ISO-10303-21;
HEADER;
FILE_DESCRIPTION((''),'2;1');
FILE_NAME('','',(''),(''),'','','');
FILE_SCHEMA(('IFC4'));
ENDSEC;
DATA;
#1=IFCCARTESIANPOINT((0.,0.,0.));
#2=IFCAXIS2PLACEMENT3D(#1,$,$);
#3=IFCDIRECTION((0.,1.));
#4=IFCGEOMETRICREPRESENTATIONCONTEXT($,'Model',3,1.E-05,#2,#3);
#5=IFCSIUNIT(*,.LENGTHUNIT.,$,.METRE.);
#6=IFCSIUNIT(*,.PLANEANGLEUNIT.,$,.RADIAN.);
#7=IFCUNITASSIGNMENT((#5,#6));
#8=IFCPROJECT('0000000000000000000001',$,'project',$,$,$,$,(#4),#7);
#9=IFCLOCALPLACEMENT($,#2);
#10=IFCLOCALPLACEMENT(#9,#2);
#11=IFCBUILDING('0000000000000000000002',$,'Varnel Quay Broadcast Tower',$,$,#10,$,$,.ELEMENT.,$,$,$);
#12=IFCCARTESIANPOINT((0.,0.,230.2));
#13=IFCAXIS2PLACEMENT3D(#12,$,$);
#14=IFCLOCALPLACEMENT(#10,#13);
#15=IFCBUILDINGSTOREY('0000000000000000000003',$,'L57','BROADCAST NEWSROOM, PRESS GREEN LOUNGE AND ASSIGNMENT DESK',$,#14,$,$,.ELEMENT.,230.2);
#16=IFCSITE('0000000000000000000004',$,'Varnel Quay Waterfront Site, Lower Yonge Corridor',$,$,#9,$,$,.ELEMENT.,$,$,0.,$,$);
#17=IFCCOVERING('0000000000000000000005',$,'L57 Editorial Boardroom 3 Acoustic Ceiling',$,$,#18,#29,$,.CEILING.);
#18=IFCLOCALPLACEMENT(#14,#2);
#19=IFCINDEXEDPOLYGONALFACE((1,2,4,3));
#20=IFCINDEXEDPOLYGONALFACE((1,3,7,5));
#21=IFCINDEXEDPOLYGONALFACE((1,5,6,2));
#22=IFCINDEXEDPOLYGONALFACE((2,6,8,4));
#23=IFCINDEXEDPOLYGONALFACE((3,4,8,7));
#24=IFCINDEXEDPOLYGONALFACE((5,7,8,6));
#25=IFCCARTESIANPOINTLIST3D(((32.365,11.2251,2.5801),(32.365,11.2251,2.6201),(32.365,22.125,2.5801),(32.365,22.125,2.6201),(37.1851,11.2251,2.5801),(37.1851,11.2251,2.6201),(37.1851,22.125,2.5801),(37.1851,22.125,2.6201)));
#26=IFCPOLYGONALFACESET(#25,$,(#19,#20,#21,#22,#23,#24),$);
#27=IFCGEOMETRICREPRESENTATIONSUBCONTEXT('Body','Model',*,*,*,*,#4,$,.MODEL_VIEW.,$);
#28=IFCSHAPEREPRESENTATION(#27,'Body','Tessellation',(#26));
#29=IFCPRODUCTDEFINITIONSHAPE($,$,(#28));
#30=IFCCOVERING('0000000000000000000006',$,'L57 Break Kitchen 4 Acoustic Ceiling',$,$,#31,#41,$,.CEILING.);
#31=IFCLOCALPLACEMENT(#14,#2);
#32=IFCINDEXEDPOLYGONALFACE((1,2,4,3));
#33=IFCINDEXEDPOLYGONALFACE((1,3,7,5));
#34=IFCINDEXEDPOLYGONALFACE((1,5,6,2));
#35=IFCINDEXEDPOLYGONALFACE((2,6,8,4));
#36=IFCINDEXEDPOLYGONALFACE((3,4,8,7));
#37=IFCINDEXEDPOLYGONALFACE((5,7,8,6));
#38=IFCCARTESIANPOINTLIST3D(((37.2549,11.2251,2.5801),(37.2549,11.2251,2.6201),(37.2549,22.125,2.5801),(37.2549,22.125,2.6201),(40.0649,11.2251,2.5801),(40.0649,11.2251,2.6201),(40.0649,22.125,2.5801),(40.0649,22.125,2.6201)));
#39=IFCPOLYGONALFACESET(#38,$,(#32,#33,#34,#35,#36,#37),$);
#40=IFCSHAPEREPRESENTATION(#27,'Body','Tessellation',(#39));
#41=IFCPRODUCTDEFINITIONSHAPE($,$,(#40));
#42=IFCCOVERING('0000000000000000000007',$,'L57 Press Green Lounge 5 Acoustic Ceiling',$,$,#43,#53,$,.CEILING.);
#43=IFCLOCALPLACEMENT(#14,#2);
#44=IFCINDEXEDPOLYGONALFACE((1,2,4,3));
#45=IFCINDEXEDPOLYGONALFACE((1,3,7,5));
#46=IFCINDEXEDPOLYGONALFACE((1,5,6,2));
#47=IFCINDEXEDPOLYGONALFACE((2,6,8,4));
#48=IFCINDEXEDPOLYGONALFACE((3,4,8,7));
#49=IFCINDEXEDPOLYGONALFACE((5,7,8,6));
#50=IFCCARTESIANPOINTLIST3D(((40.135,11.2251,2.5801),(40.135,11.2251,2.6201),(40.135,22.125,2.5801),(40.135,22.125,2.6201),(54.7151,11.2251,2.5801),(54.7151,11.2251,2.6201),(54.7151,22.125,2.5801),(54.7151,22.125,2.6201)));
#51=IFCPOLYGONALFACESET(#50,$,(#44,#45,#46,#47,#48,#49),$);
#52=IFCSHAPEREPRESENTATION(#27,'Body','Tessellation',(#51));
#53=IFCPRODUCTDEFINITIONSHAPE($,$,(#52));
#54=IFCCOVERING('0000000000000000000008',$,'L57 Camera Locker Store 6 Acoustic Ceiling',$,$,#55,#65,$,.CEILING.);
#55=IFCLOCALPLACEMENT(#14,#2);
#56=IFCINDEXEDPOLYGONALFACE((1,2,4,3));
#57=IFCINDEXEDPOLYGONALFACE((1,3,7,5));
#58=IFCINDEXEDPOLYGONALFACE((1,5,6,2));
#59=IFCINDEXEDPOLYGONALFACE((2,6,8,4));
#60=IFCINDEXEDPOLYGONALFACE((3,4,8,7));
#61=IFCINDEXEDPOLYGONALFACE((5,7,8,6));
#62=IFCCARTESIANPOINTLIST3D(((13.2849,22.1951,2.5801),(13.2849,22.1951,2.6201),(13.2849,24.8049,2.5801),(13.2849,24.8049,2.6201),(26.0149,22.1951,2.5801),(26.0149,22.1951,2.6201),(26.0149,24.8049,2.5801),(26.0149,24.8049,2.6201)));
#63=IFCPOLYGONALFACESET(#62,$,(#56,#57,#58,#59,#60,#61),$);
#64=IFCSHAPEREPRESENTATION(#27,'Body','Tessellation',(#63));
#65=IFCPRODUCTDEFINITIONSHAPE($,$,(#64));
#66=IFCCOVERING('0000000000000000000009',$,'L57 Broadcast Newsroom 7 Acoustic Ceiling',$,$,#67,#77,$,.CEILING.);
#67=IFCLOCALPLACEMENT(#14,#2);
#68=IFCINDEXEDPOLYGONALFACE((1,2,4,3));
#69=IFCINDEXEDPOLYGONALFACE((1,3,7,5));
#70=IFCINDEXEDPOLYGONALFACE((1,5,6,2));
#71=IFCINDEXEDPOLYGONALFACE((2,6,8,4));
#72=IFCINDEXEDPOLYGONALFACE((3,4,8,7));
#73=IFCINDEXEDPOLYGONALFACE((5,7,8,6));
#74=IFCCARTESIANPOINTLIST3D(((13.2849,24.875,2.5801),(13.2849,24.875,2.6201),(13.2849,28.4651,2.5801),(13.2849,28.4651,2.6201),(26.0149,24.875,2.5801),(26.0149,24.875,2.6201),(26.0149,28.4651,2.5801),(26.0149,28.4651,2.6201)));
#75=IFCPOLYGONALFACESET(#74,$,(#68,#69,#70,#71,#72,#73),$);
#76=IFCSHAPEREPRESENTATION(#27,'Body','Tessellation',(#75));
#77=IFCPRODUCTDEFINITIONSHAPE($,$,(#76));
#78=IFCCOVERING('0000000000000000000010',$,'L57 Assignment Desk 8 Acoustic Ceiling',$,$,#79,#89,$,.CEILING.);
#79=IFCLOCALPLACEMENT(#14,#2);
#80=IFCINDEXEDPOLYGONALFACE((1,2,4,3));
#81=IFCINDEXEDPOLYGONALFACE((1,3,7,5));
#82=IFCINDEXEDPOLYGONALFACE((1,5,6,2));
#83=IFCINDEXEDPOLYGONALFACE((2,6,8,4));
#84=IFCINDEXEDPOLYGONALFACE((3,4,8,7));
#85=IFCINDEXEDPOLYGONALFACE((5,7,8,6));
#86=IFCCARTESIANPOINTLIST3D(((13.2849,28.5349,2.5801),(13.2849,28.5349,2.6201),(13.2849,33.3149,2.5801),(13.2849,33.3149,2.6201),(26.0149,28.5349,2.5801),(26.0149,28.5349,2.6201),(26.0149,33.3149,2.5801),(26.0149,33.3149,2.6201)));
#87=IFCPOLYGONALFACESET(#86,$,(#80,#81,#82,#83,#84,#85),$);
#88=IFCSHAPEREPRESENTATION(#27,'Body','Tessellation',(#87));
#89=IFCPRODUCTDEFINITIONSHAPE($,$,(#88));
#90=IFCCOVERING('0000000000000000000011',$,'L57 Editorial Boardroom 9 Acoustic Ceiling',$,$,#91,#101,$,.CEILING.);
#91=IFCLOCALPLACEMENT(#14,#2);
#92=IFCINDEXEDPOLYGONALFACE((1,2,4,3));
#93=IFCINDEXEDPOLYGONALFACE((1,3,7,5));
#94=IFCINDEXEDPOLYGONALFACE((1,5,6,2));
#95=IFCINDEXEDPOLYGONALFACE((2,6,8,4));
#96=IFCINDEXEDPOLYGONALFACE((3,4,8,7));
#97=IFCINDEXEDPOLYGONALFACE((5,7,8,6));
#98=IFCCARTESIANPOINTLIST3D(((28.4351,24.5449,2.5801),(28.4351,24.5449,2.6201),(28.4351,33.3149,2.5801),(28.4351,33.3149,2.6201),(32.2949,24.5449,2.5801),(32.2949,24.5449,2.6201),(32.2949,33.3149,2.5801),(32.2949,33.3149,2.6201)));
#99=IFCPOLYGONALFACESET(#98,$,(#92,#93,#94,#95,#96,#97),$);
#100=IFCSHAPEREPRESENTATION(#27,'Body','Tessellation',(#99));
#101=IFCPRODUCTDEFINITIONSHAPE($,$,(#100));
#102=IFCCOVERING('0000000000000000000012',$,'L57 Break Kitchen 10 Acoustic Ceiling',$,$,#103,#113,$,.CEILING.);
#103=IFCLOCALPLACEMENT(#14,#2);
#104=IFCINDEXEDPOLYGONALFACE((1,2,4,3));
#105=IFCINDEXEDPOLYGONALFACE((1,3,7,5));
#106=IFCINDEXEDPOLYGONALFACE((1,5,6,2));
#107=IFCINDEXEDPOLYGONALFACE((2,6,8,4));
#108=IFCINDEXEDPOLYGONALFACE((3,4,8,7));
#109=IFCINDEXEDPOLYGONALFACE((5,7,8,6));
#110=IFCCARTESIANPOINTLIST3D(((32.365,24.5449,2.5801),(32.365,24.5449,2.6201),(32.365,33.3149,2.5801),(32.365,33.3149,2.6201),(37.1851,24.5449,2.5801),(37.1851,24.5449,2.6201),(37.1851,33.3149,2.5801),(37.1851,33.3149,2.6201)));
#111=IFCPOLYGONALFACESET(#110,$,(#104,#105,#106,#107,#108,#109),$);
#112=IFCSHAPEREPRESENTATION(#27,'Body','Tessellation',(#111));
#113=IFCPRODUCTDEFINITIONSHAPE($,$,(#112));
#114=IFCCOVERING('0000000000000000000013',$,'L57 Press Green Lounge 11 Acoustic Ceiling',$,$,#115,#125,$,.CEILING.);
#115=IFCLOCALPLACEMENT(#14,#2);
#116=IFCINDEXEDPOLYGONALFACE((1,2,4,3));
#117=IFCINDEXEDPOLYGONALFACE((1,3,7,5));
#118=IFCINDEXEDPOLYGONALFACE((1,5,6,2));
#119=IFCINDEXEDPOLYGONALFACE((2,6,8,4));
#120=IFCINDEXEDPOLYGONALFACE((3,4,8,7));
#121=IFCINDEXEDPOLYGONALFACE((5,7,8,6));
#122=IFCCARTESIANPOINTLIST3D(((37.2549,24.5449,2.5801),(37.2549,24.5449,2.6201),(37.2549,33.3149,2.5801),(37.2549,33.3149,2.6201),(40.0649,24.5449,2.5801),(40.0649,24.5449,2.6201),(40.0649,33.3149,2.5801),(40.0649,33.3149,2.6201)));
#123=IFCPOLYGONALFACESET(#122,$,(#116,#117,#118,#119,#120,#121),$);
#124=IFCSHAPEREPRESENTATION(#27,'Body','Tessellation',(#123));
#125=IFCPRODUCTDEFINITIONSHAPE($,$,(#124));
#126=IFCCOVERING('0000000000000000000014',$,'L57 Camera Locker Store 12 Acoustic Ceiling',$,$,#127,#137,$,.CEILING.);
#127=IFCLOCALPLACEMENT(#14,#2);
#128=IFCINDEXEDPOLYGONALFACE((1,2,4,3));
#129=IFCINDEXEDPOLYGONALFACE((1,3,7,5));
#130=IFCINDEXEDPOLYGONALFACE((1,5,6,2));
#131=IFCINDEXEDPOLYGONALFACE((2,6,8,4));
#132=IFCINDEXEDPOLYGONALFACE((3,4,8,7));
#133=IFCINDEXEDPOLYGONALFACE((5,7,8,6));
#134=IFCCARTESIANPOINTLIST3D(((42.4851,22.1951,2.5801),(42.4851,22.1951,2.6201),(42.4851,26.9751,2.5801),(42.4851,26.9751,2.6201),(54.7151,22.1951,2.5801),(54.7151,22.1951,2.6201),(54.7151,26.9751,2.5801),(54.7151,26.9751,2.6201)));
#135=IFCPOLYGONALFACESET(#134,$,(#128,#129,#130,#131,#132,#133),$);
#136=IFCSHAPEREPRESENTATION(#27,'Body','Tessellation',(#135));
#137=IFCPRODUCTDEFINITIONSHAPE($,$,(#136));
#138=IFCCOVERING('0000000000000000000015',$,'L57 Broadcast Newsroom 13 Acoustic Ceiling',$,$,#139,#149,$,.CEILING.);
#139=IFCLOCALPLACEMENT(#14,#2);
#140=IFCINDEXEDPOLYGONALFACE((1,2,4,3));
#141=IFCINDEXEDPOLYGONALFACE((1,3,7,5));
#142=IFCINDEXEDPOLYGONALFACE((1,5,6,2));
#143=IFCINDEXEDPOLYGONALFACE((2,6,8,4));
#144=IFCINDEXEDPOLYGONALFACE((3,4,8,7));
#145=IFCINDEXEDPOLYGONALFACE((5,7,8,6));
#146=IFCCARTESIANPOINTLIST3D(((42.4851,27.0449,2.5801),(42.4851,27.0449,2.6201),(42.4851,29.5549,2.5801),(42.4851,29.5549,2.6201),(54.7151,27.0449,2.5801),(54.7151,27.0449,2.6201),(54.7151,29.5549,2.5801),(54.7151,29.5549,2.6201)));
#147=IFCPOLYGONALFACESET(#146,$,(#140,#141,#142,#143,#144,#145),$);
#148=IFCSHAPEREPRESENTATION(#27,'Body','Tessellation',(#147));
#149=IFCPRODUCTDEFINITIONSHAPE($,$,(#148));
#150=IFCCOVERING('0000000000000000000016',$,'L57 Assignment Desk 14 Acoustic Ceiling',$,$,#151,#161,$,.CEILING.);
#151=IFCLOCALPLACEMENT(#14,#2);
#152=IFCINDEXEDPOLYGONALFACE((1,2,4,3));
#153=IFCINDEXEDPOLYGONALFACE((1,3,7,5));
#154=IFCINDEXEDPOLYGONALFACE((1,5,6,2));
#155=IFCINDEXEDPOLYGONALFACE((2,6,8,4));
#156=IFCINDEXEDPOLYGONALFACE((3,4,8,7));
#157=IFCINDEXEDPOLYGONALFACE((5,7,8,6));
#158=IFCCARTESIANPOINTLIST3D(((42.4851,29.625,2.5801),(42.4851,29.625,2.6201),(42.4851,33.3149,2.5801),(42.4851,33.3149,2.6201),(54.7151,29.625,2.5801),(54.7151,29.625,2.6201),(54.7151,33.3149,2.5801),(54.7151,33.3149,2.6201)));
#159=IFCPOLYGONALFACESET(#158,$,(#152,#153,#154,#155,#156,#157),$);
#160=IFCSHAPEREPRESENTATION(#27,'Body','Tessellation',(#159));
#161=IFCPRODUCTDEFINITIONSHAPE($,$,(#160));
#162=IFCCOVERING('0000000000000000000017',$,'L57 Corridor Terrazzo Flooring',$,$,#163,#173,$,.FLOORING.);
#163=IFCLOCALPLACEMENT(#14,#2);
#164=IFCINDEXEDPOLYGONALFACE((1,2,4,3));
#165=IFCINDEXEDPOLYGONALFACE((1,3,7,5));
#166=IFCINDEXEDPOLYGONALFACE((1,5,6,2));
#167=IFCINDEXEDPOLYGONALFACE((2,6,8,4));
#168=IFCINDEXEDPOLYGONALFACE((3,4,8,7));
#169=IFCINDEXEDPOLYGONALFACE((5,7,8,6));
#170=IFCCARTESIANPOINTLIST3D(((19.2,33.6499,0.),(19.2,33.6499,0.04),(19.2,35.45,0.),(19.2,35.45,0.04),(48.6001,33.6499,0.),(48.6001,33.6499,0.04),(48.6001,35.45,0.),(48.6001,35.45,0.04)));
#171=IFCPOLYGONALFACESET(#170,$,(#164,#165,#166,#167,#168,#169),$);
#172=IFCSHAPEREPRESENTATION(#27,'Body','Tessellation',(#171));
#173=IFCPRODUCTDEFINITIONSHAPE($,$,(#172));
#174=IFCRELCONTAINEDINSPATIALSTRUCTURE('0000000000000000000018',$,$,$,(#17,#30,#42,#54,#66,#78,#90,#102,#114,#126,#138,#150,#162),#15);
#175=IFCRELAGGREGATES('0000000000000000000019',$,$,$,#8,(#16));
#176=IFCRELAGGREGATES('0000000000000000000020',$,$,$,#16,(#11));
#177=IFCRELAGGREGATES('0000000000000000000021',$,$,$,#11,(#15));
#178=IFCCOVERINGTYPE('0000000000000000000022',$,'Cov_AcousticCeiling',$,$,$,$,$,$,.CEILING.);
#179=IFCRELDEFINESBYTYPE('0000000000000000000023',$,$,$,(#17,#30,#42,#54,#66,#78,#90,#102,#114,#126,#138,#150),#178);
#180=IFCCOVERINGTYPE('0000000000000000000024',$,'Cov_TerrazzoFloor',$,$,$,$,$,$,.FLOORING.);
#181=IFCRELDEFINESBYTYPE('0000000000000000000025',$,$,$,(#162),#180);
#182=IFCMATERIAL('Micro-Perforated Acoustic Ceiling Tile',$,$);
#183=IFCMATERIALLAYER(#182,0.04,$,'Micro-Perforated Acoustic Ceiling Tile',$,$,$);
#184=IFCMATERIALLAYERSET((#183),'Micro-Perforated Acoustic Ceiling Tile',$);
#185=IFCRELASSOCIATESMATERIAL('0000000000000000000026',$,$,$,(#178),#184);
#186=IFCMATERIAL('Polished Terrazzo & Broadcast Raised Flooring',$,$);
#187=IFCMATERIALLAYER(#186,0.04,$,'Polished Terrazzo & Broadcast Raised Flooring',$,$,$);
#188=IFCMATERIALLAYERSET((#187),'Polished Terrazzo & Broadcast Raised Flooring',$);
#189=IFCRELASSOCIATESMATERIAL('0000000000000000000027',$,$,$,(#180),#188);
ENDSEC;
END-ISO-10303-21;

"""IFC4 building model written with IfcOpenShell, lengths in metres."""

from ifc_helpers import new_model, si_unit, direction, frame, origin, place, context, subcontext, project, spatial, polyline, outline, extrude, material, layer, layer_set, type_object, element, save


model = new_model("IFC4")

# Units and contexts
model_context = context("Model", 3, precision=1e-05, world=origin(), true_north=direction((0.0, 1.0)))
body_context = subcontext(model_context, "Body", "Model", "MODEL_VIEW")
ifc_project = project(units=[si_unit("LENGTHUNIT", "METRE"), si_unit("PLANEANGLEUNIT", "RADIAN")], contexts=[model_context])

# Site, building, storey
site_placement = place(None, origin())
site = spatial("IfcSite", under=ifc_project, at=site_placement, Name="Varnel Quay Waterfront Site, Lower Yonge Corridor", CompositionType="ELEMENT", RefElevation=0.0)
building_placement = place(site_placement, origin())
building = spatial("IfcBuilding", under=site, at=building_placement, Name="Varnel Quay Broadcast Tower", CompositionType="ELEMENT")
storey_placement = place(building_placement, frame((0.0, 0.0, 230.2)))
storey = spatial("IfcBuildingStorey", under=building, at=storey_placement, Name="L57", Description="BROADCAST NEWSROOM, PRESS GREEN LOUNGE AND ASSIGNMENT DESK", CompositionType="ELEMENT", Elevation=230.2)

# Coverings
ifc_material_1 = material(Name="Micro-Perforated Acoustic Ceiling Tile")
ifc_layer_1 = layer(ifc_material_1, 0.04, Name="Micro-Perforated Acoustic Ceiling Tile")
ifc_layer_set_1 = layer_set([ifc_layer_1], Name="Micro-Perforated Acoustic Ceiling Tile")
covering_type_1 = type_object("IfcCoveringType", Name="Cov_AcousticCeiling", PredefinedType="CEILING", material=ifc_layer_set_1)
covering_1_placement = place(storey_placement, frame((0.0, 0.0, 2.5801)))
element("IfcCovering", 1, at=covering_1_placement, inside=storey, type_object=covering_type_1, Name="L57 Editorial Boardroom 3 Acoustic Ceiling", PredefinedType="CEILING", context=body_context, shape_type="SweptSolid", body=[
    extrude(outline(polyline([(32.365, 11.2251), (37.1851, 11.2251), (37.1851, 22.125), (32.365, 22.125), (32.365, 11.2251)])), origin(), (0.0, 0.0, 1.0), 0.04),
])
covering_2_placement = place(storey_placement, frame((0.0, 0.0, 2.5801)))
element("IfcCovering", 2, at=covering_2_placement, inside=storey, type_object=covering_type_1, Name="L57 Break Kitchen 4 Acoustic Ceiling", PredefinedType="CEILING", context=body_context, shape_type="SweptSolid", body=[
    extrude(outline(polyline([(37.2549, 11.2251), (40.0649, 11.2251), (40.0649, 22.125), (37.2549, 22.125), (37.2549, 11.2251)])), origin(), (0.0, 0.0, 1.0), 0.04),
])
covering_3_placement = place(storey_placement, frame((0.0, 0.0, 2.5801)))
element("IfcCovering", 3, at=covering_3_placement, inside=storey, type_object=covering_type_1, Name="L57 Press Green Lounge 5 Acoustic Ceiling", PredefinedType="CEILING", context=body_context, shape_type="SweptSolid", body=[
    extrude(outline(polyline([(40.135, 11.2251), (54.7151, 11.2251), (54.7151, 22.125), (40.135, 22.125), (40.135, 11.2251)])), origin(), (0.0, 0.0, 1.0), 0.04),
])
covering_4_placement = place(storey_placement, frame((0.0, 0.0, 2.5801)))
element("IfcCovering", 4, at=covering_4_placement, inside=storey, type_object=covering_type_1, Name="L57 Camera Locker Store 6 Acoustic Ceiling", PredefinedType="CEILING", context=body_context, shape_type="SweptSolid", body=[
    extrude(outline(polyline([(13.2849, 22.1951), (26.0149, 22.1951), (26.0149, 24.8049), (13.2849, 24.8049), (13.2849, 22.1951)])), origin(), (0.0, 0.0, 1.0), 0.04),
])
covering_5_placement = place(storey_placement, frame((0.0, 0.0, 2.5801)))
element("IfcCovering", 5, at=covering_5_placement, inside=storey, type_object=covering_type_1, Name="L57 Broadcast Newsroom 7 Acoustic Ceiling", PredefinedType="CEILING", context=body_context, shape_type="SweptSolid", body=[
    extrude(outline(polyline([(13.2849, 24.875), (26.0149, 24.875), (26.0149, 28.4651), (13.2849, 28.4651), (13.2849, 24.875)])), origin(), (0.0, 0.0, 1.0), 0.04),
])
covering_6_placement = place(storey_placement, frame((0.0, 0.0, 2.5801)))
element("IfcCovering", 6, at=covering_6_placement, inside=storey, type_object=covering_type_1, Name="L57 Assignment Desk 8 Acoustic Ceiling", PredefinedType="CEILING", context=body_context, shape_type="SweptSolid", body=[
    extrude(outline(polyline([(13.2849, 28.5349), (26.0149, 28.5349), (26.0149, 33.3149), (13.2849, 33.3149), (13.2849, 28.5349)])), origin(), (0.0, 0.0, 1.0), 0.04),
])
covering_7_placement = place(storey_placement, frame((0.0, 0.0, 2.5801)))
element("IfcCovering", 7, at=covering_7_placement, inside=storey, type_object=covering_type_1, Name="L57 Editorial Boardroom 9 Acoustic Ceiling", PredefinedType="CEILING", context=body_context, shape_type="SweptSolid", body=[
    extrude(outline(polyline([(28.4351, 24.5449), (32.2949, 24.5449), (32.2949, 33.3149), (28.4351, 33.3149), (28.4351, 24.5449)])), origin(), (0.0, 0.0, 1.0), 0.04),
])
covering_8_placement = place(storey_placement, frame((0.0, 0.0, 2.5801)))
element("IfcCovering", 8, at=covering_8_placement, inside=storey, type_object=covering_type_1, Name="L57 Break Kitchen 10 Acoustic Ceiling", PredefinedType="CEILING", context=body_context, shape_type="SweptSolid", body=[
    extrude(outline(polyline([(32.365, 24.5449), (37.1851, 24.5449), (37.1851, 33.3149), (32.365, 33.3149), (32.365, 24.5449)])), origin(), (0.0, 0.0, 1.0), 0.04),
])
covering_9_placement = place(storey_placement, frame((0.0, 0.0, 2.5801)))
element("IfcCovering", 9, at=covering_9_placement, inside=storey, type_object=covering_type_1, Name="L57 Press Green Lounge 11 Acoustic Ceiling", PredefinedType="CEILING", context=body_context, shape_type="SweptSolid", body=[
    extrude(outline(polyline([(37.2549, 24.5449), (40.0649, 24.5449), (40.0649, 33.3149), (37.2549, 33.3149), (37.2549, 24.5449)])), origin(), (0.0, 0.0, 1.0), 0.04),
])
covering_10_placement = place(storey_placement, frame((0.0, 0.0, 2.5801)))
element("IfcCovering", 10, at=covering_10_placement, inside=storey, type_object=covering_type_1, Name="L57 Camera Locker Store 12 Acoustic Ceiling", PredefinedType="CEILING", context=body_context, shape_type="SweptSolid", body=[
    extrude(outline(polyline([(42.4851, 22.1951), (54.7151, 22.1951), (54.7151, 26.9751), (42.4851, 26.9751), (42.4851, 22.1951)])), origin(), (0.0, 0.0, 1.0), 0.04),
])
covering_11_placement = place(storey_placement, frame((0.0, 0.0, 2.5801)))
element("IfcCovering", 11, at=covering_11_placement, inside=storey, type_object=covering_type_1, Name="L57 Broadcast Newsroom 13 Acoustic Ceiling", PredefinedType="CEILING", context=body_context, shape_type="SweptSolid", body=[
    extrude(outline(polyline([(42.4851, 27.0449), (54.7151, 27.0449), (54.7151, 29.5549), (42.4851, 29.5549), (42.4851, 27.0449)])), origin(), (0.0, 0.0, 1.0), 0.04),
])
covering_12_placement = place(storey_placement, frame((0.0, 0.0, 2.5801)))
element("IfcCovering", 12, at=covering_12_placement, inside=storey, type_object=covering_type_1, Name="L57 Assignment Desk 14 Acoustic Ceiling", PredefinedType="CEILING", context=body_context, shape_type="SweptSolid", body=[
    extrude(outline(polyline([(42.4851, 29.625), (54.7151, 29.625), (54.7151, 33.3149), (42.4851, 33.3149), (42.4851, 29.625)])), origin(), (0.0, 0.0, 1.0), 0.04),
])
ifc_material_2 = material(Name="Polished Terrazzo & Broadcast Raised Flooring")
ifc_layer_2 = layer(ifc_material_2, 0.04, Name="Polished Terrazzo & Broadcast Raised Flooring")
ifc_layer_set_2 = layer_set([ifc_layer_2], Name="Polished Terrazzo & Broadcast Raised Flooring")
covering_type_2 = type_object("IfcCoveringType", Name="Cov_TerrazzoFloor", PredefinedType="FLOORING", material=ifc_layer_set_2)
covering_13_placement = place(storey_placement, origin())
element("IfcCovering", 13, at=covering_13_placement, inside=storey, type_object=covering_type_2, Name="L57 Corridor Terrazzo Flooring", PredefinedType="FLOORING", context=body_context, shape_type="SweptSolid", body=[
    extrude(outline(polyline([(19.2, 33.6499), (48.6001, 33.6499), (48.6001, 35.45), (19.2, 35.45), (19.2, 33.6499)])), origin(), (0.0, 0.0, 1.0), 0.04),
])

save(model, "model.ifc")
